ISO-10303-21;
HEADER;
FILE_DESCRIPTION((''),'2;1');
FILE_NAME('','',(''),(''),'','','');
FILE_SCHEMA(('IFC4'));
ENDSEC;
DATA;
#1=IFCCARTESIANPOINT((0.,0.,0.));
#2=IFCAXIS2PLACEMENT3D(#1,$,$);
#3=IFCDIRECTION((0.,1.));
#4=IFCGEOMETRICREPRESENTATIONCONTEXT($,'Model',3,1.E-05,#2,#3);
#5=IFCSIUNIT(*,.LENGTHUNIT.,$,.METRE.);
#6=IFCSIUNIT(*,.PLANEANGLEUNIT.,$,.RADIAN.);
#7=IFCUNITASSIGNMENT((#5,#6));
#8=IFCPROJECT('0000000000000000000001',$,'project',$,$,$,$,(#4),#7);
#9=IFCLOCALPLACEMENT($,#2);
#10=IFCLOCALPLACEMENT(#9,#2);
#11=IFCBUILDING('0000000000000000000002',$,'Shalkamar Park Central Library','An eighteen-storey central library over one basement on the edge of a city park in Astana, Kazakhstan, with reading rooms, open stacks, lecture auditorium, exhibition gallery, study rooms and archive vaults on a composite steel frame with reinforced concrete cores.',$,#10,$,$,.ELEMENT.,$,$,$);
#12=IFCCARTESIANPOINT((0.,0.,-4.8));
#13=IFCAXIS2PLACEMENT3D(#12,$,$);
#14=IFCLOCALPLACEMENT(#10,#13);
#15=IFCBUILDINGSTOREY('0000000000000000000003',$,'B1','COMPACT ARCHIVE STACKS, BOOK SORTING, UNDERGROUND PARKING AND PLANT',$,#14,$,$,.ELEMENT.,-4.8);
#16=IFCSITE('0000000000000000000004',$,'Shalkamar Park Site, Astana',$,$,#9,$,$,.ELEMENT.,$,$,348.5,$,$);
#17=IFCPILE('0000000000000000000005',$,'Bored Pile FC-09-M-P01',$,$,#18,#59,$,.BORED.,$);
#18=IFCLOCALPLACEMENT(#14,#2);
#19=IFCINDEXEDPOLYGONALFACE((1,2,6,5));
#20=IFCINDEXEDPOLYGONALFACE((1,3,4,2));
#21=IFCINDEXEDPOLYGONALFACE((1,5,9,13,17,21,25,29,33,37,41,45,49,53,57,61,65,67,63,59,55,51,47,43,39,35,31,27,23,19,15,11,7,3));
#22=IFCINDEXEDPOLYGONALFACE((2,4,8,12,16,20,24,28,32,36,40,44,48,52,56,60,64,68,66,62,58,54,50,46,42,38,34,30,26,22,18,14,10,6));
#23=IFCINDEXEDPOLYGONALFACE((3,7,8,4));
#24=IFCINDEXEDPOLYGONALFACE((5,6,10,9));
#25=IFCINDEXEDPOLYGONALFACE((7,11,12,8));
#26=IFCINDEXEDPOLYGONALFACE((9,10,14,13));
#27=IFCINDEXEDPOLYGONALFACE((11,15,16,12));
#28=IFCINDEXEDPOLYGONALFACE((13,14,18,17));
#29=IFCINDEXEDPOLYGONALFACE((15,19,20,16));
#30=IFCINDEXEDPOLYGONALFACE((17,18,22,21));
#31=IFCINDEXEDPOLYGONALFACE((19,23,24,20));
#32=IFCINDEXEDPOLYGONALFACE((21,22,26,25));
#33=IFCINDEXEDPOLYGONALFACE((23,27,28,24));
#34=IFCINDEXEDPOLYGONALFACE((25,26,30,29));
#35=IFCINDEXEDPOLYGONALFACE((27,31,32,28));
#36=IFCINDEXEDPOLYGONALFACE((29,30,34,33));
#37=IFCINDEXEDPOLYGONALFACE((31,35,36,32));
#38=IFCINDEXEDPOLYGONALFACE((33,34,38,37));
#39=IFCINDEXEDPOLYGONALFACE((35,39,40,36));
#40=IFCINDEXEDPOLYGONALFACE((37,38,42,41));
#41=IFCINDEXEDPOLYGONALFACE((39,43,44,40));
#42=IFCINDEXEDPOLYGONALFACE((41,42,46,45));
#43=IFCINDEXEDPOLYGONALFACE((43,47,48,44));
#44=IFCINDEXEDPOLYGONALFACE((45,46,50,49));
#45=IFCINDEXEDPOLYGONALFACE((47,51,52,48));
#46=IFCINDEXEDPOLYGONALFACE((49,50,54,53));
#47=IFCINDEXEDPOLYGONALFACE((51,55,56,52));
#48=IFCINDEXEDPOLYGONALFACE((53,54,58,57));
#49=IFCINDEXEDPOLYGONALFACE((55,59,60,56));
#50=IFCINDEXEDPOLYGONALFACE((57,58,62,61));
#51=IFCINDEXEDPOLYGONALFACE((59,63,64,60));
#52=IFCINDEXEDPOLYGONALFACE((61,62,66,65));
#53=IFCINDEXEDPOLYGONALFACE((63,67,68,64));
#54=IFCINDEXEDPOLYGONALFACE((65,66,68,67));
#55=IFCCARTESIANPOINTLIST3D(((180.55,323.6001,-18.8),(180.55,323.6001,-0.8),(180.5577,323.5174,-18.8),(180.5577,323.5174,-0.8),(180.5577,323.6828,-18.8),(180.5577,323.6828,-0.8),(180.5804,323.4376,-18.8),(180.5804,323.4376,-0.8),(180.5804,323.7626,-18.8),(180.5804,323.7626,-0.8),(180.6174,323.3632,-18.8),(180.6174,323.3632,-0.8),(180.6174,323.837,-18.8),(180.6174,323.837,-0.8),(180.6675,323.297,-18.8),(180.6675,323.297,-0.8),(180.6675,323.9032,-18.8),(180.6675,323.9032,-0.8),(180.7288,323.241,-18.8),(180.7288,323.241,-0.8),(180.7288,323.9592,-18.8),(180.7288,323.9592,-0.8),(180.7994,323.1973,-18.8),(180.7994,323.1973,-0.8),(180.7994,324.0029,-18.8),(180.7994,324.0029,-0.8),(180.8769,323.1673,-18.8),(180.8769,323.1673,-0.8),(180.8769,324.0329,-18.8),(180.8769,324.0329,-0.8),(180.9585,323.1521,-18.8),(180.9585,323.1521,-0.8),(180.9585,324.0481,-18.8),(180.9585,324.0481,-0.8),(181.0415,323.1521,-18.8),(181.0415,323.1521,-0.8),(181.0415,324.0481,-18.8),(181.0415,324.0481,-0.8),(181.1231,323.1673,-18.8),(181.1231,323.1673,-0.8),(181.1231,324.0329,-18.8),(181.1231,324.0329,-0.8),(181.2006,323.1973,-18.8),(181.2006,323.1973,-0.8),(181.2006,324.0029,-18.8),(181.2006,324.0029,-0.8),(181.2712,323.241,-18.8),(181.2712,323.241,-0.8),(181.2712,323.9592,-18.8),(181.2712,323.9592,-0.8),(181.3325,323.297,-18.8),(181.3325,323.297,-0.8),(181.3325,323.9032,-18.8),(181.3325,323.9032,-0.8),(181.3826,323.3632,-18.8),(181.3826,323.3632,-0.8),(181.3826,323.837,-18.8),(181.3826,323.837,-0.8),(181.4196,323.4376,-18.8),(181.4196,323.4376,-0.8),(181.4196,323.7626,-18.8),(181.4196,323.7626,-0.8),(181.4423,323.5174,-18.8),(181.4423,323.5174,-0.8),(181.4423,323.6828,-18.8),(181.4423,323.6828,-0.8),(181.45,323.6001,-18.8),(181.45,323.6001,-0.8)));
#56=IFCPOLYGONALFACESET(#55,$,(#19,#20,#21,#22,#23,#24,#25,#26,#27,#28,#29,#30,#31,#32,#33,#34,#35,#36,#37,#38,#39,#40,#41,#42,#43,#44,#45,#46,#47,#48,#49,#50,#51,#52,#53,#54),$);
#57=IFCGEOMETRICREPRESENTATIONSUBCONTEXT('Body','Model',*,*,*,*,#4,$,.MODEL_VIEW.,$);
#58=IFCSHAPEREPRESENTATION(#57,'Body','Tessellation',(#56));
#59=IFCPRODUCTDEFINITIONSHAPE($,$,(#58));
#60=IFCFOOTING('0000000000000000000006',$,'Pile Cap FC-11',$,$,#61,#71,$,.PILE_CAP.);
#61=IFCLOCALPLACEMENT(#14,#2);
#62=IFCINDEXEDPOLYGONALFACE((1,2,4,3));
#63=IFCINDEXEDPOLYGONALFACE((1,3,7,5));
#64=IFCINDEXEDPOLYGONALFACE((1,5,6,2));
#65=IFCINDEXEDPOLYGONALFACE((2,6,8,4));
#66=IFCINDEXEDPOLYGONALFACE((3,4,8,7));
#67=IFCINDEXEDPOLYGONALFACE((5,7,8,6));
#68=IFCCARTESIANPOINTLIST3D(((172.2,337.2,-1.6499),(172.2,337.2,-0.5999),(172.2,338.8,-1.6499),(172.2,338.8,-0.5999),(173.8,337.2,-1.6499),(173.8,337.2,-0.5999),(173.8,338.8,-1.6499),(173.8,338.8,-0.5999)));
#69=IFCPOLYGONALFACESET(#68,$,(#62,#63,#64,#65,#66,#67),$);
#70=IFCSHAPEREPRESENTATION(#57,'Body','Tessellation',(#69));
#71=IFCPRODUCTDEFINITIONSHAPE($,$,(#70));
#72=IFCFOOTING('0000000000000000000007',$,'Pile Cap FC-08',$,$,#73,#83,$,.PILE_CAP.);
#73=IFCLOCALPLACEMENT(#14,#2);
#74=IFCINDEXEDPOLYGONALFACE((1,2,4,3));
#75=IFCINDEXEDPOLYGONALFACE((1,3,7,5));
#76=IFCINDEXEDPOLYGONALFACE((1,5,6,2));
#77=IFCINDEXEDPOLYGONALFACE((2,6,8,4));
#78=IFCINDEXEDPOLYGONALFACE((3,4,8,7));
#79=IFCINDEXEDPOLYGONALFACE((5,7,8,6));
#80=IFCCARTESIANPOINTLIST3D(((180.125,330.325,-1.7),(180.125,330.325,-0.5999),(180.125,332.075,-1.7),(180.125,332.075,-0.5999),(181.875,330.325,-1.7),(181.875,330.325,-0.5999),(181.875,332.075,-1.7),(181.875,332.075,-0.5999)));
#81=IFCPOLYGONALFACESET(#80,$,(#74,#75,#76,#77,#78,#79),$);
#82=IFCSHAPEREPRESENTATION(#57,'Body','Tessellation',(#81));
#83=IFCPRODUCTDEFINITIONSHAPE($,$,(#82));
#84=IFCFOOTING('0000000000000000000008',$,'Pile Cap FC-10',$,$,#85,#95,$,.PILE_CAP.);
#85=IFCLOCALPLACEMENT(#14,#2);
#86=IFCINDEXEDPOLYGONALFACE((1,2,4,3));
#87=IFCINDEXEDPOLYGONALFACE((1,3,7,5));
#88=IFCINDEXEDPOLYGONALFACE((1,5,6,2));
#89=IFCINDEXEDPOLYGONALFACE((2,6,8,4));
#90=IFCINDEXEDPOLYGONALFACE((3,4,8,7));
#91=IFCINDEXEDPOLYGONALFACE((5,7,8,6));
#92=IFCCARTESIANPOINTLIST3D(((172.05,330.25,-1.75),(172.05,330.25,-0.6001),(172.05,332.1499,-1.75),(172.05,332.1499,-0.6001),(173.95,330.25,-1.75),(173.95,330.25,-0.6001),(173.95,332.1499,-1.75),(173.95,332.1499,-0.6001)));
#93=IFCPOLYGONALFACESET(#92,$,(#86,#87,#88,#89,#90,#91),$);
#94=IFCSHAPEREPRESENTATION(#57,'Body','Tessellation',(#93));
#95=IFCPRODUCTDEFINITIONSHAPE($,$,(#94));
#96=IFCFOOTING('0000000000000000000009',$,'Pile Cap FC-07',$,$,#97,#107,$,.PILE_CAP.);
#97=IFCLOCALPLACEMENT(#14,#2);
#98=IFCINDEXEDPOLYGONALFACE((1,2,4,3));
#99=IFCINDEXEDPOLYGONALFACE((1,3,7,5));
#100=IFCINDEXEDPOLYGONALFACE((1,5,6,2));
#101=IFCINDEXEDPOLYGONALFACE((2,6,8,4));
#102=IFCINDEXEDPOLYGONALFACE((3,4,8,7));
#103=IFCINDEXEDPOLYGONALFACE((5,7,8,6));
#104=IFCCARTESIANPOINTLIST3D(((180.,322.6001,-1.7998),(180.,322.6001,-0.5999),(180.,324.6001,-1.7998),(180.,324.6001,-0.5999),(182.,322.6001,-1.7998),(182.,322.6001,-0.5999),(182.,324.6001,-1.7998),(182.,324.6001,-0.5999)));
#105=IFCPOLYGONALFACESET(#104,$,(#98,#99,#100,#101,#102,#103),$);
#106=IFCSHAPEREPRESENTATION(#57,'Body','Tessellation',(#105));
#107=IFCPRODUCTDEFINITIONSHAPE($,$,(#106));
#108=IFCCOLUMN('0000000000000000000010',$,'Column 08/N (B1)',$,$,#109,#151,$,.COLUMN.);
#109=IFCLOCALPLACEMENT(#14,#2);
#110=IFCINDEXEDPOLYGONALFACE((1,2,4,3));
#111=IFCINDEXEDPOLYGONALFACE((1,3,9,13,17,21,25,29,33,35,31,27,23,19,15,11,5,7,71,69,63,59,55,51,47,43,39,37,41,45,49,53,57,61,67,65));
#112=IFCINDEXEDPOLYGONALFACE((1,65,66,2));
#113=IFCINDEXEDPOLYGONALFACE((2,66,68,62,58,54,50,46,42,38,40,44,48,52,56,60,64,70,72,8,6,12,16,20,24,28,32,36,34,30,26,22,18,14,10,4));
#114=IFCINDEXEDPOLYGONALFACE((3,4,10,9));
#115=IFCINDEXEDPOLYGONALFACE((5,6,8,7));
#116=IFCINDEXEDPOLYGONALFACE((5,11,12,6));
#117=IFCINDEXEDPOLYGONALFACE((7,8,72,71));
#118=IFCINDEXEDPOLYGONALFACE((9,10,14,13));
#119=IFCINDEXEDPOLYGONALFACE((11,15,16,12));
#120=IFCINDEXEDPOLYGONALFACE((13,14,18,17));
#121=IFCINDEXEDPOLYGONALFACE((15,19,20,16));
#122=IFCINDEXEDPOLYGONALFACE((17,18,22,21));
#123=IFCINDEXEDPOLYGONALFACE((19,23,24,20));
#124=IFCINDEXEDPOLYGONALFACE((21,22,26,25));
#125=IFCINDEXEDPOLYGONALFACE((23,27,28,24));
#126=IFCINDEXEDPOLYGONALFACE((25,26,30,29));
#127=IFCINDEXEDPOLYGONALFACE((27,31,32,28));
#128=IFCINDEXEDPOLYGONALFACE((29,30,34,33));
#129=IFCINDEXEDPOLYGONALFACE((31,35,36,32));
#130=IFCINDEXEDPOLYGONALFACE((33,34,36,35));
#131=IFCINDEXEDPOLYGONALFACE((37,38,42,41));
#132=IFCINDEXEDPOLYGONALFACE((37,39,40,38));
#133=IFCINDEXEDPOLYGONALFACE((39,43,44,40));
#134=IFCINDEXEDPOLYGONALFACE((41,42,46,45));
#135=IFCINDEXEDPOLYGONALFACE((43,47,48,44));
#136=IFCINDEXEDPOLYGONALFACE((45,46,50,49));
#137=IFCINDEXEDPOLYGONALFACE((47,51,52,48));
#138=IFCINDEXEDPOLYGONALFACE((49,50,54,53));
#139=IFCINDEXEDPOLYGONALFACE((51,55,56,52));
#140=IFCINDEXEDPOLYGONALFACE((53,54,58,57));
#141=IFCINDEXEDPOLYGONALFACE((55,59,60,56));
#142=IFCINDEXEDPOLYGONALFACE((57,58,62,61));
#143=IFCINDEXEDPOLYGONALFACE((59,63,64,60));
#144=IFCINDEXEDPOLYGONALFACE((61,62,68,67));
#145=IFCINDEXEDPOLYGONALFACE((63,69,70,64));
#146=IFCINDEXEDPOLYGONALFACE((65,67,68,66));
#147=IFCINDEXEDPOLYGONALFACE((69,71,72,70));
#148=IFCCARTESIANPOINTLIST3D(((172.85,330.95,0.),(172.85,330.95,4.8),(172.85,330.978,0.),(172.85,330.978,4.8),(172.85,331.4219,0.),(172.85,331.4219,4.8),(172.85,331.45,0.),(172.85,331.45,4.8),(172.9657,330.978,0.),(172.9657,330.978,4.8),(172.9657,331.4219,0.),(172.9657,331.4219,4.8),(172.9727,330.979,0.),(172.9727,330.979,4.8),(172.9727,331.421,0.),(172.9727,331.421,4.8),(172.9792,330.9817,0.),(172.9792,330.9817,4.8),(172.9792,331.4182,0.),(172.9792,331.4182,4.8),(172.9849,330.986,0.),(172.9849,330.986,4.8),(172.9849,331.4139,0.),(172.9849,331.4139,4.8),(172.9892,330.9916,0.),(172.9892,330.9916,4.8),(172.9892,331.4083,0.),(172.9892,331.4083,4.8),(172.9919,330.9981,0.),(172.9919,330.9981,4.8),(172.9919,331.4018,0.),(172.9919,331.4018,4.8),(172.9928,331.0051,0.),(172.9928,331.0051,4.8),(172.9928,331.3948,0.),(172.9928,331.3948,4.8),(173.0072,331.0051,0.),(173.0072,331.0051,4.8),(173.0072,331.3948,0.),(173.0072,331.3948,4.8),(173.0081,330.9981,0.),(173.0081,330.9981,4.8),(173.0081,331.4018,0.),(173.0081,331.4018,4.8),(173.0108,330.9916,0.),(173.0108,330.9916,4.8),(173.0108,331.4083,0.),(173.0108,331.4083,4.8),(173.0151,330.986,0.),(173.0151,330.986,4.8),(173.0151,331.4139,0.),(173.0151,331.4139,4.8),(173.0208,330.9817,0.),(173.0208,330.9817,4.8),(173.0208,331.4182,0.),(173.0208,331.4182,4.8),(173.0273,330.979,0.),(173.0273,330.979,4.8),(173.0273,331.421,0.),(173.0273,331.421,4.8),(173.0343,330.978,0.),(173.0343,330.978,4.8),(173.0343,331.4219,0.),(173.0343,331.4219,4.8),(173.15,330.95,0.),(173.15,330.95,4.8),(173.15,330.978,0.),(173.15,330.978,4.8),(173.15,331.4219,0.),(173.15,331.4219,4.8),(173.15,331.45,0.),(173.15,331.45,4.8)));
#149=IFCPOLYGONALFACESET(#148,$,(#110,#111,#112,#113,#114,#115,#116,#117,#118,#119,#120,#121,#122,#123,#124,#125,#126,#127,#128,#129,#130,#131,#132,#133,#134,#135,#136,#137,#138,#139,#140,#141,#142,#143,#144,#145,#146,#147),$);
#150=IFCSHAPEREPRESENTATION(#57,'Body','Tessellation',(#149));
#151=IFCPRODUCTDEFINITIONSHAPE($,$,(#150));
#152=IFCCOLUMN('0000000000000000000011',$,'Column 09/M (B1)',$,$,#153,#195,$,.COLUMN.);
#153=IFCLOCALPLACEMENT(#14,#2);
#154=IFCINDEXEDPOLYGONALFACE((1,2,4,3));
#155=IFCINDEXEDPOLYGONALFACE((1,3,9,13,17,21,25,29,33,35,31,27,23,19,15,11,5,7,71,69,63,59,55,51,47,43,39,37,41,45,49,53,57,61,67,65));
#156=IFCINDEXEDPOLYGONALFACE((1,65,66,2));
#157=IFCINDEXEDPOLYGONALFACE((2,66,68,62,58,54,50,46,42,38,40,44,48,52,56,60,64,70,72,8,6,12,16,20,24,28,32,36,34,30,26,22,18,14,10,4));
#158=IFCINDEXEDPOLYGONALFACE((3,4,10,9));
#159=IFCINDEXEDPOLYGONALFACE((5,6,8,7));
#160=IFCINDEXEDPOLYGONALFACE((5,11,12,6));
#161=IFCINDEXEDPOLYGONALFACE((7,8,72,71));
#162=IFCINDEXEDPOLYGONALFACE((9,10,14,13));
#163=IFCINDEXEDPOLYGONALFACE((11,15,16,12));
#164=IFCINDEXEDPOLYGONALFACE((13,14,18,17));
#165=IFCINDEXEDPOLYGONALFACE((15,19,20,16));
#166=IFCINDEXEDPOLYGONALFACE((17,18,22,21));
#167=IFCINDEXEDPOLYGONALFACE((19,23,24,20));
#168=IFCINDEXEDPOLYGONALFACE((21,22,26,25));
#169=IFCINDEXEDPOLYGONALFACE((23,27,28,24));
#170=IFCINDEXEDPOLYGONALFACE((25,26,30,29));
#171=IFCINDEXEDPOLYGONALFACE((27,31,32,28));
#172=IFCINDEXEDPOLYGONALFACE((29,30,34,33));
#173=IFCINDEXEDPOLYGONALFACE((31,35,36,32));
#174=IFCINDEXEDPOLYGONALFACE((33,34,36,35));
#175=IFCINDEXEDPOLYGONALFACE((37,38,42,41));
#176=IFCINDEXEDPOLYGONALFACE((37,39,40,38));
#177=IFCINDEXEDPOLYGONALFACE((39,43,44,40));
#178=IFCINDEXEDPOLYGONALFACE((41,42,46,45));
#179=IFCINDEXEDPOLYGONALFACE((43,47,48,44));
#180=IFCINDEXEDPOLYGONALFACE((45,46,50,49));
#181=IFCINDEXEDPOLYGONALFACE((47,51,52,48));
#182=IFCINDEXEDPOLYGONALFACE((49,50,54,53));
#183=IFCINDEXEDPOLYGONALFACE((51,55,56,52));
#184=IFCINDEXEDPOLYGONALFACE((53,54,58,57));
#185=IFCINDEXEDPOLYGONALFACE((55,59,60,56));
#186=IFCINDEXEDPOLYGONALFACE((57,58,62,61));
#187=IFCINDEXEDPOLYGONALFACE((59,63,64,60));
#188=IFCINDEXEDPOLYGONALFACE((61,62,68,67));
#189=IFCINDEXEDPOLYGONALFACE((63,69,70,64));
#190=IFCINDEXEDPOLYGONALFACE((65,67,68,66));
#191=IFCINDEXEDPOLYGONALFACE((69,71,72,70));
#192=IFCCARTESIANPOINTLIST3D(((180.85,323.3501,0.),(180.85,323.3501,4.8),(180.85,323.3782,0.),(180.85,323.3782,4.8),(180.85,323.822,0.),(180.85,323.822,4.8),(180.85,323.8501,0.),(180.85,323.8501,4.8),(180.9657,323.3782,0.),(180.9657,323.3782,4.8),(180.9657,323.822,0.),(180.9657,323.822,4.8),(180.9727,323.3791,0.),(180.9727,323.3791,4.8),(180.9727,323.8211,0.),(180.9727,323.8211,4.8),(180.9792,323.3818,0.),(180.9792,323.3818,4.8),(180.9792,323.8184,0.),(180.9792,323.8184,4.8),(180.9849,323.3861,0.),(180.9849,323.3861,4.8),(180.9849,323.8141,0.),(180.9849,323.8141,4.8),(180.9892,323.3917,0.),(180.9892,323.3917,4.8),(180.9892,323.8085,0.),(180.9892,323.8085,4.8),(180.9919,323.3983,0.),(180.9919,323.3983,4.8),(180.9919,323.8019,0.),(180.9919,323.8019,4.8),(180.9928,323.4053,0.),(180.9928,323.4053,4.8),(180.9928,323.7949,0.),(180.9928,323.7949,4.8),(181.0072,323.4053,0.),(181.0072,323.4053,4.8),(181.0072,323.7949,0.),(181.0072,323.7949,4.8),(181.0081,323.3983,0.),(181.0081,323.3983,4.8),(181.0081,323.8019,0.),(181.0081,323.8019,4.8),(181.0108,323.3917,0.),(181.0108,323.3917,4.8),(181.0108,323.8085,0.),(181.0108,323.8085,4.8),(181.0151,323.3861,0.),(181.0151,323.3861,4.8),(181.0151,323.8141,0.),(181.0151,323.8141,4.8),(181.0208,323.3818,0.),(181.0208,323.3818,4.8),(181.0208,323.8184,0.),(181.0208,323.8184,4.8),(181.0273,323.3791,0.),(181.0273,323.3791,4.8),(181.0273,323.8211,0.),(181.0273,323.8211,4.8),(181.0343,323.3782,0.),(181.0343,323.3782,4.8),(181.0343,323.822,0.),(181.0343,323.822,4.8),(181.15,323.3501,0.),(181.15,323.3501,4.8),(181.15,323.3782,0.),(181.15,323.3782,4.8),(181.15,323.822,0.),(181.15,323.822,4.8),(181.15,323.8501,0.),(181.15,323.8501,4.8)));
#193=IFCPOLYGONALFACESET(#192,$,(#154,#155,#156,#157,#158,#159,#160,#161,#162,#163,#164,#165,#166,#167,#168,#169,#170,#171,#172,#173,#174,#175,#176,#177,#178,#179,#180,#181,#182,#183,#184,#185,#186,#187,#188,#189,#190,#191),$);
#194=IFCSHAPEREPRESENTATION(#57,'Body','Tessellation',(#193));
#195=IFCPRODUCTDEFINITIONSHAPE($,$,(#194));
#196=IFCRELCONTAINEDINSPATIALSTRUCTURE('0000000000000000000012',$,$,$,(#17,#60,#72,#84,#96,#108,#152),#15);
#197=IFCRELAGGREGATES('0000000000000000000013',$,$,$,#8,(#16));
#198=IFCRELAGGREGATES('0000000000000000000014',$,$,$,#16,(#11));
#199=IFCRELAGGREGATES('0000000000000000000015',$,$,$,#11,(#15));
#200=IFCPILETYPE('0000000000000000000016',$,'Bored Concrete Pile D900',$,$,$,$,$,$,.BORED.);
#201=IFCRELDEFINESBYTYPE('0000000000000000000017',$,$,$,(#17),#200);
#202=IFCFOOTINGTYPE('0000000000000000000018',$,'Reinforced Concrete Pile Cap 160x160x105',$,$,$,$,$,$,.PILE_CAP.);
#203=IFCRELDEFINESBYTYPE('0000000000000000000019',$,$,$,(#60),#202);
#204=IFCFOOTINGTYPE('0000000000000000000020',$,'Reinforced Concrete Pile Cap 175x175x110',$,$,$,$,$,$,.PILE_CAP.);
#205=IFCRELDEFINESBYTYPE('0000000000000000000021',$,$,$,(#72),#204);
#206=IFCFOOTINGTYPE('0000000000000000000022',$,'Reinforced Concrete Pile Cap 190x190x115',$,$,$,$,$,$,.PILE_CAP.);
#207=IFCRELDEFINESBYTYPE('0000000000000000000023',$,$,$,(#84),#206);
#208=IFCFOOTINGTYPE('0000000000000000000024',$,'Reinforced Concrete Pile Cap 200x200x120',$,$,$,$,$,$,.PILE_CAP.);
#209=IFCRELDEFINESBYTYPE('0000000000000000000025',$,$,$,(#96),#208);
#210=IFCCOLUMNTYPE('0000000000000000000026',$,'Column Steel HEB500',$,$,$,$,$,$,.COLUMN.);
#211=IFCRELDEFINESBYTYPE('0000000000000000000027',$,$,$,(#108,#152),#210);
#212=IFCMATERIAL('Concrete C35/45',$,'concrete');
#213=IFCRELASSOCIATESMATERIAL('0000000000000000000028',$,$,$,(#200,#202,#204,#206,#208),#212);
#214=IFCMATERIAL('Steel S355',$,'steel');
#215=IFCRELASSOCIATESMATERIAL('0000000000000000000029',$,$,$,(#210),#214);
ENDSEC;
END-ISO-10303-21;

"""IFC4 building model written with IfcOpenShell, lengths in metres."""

from ifc_helpers import new_model, si_unit, direction, frame, origin, origin_2d, place, context, subcontext, project, spatial, rectangle, circle, i_section, extrude, material, material_profile, profile_set, type_object, element, save


model = new_model("IFC4")

# Units and contexts
model_context = context("Model", 3, precision=1e-05, world=origin(), true_north=direction((0.0, 1.0)))
body_context = subcontext(model_context, "Body", "Model", "MODEL_VIEW")
ifc_project = project(units=[si_unit("LENGTHUNIT", "METRE"), si_unit("PLANEANGLEUNIT", "RADIAN")], contexts=[model_context])

# Site, building, storey
site_placement = place(None, origin())
site = spatial("IfcSite", under=ifc_project, at=site_placement, Name="Shalkamar Park Site, Astana", CompositionType="ELEMENT", RefElevation=348.5)
building_placement = place(site_placement, origin())
building = spatial("IfcBuilding", under=site, at=building_placement, Name="Shalkamar Park Central Library", Description="An eighteen-storey central library over one basement on the edge of a city park in Astana, Kazakhstan, with reading rooms, open stacks, lecture auditorium, exhibition gallery, study rooms and archive vaults on a composite steel frame with reinforced concrete cores.", CompositionType="ELEMENT")
storey_placement = place(building_placement, frame((0.0, 0.0, -4.8)))
storey = spatial("IfcBuildingStorey", under=building, at=storey_placement, Name="B1", Description="COMPACT ARCHIVE STACKS, BOOK SORTING, UNDERGROUND PARKING AND PLANT", CompositionType="ELEMENT", Elevation=-4.8)

# Pile
ifc_material_1 = material(Name="Concrete C35/45", Category="concrete")
ifc_material_profile_1 = material_profile(ifc_material_1, circle(Radius=0.45, at=origin_2d()), Name="PILE D900")
ifc_profile_set_1 = profile_set([ifc_material_profile_1], Name="Concrete C35/45")
pile_type_1 = type_object("IfcPileType", Name="Bored Concrete Pile D900", PredefinedType="BORED", material=ifc_profile_set_1)
pile_placement = place(storey_placement, frame((181.0, 323.6001, -0.8), z_axis=(0.0, 0.0, -1.0), x_axis=(1.0, 0.0, 0.0)))
element("IfcPile", 1, at=pile_placement, inside=storey, type_object=pile_type_1, Name="Bored Pile FC-09-M-P01", PredefinedType="BORED", context=body_context, shape_type="SweptSolid", body=[
    extrude(circle(Radius=0.45, at=origin_2d()), origin(), (0.0, 0.0, 1.0), 18.0),
])

# Footings
footing_type_1 = type_object("IfcFootingType", Name="Reinforced Concrete Pile Cap 160x160x105", PredefinedType="PILE_CAP", material=ifc_material_1)
footing_1_placement = place(storey_placement, frame((173.0, 338.0, -1.6499), z_axis=(0.0, 0.0, 1.0), x_axis=(1.0, 0.0, 0.0)))
element("IfcFooting", 2, at=footing_1_placement, inside=storey, type_object=footing_type_1, Name="Pile Cap FC-11", PredefinedType="PILE_CAP", context=body_context, shape_type="SweptSolid", body=[
    extrude(rectangle(XDim=1.6001, YDim=1.6001, at=origin_2d()), origin(), (0.0, 0.0, 1.0), 1.05),
])
footing_type_2 = type_object("IfcFootingType", Name="Reinforced Concrete Pile Cap 175x175x110", PredefinedType="PILE_CAP", material=ifc_material_1)
footing_2_placement = place(storey_placement, frame((181.0, 331.2, -1.7), z_axis=(0.0, 0.0, 1.0), x_axis=(1.0, 0.0, 0.0)))
element("IfcFooting", 3, at=footing_2_placement, inside=storey, type_object=footing_type_2, Name="Pile Cap FC-08", PredefinedType="PILE_CAP", context=body_context, shape_type="SweptSolid", body=[
    extrude(rectangle(XDim=1.75, YDim=1.75, at=origin_2d()), origin(), (0.0, 0.0, 1.0), 1.1001),
])
footing_type_3 = type_object("IfcFootingType", Name="Reinforced Concrete Pile Cap 190x190x115", PredefinedType="PILE_CAP", material=ifc_material_1)
footing_3_placement = place(storey_placement, frame((173.0, 331.2, -1.75), z_axis=(0.0, 0.0, 1.0), x_axis=(1.0, 0.0, 0.0)))
element("IfcFooting", 4, at=footing_3_placement, inside=storey, type_object=footing_type_3, Name="Pile Cap FC-10", PredefinedType="PILE_CAP", context=body_context, shape_type="SweptSolid", body=[
    extrude(rectangle(XDim=1.8999, YDim=1.8999, at=origin_2d()), origin(), (0.0, 0.0, 1.0), 1.1499),
])
footing_type_4 = type_object("IfcFootingType", Name="Reinforced Concrete Pile Cap 200x200x120", PredefinedType="PILE_CAP", material=ifc_material_1)
footing_4_placement = place(storey_placement, frame((181.0, 323.6001, -1.7998), z_axis=(0.0, 0.0, 1.0), x_axis=(1.0, 0.0, 0.0)))
element("IfcFooting", 5, at=footing_4_placement, inside=storey, type_object=footing_type_4, Name="Pile Cap FC-07", PredefinedType="PILE_CAP", context=body_context, shape_type="SweptSolid", body=[
    extrude(rectangle(XDim=2.0, YDim=2.0, at=origin_2d()), origin(), (0.0, 0.0, 1.0), 1.2),
])

# Columns
ifc_material_2 = material(Name="Steel S355", Category="steel")
ifc_material_profile_2 = material_profile(ifc_material_2, i_section(OverallWidth=0.3, OverallDepth=0.5, WebThickness=0.0144, FlangeThickness=0.0281, FilletRadius=0.0271, at=origin_2d()), Name="HEB 500")
ifc_profile_set_2 = profile_set([ifc_material_profile_2], Name="Steel S355")
column_type = type_object("IfcColumnType", Name="Column Steel HEB500", PredefinedType="COLUMN", material=ifc_profile_set_2)
for number, where, z_axis, x_axis, name in (
    (6, (173.0, 331.2, 0.0), (0.0, 0.0, 1.0), (1.0, 0.0, 0.0), "Column 08/N (B1)"),
    (7, (181.0, 323.6001, 0.0), (0.0, 0.0, 1.0), (1.0, 0.0, 0.0), "Column 09/M (B1)"),
):
    element("IfcColumn", number, at=place(storey_placement, frame(where, z_axis=z_axis, x_axis=x_axis)), inside=storey, type_object=column_type, Name=name, PredefinedType="COLUMN", context=body_context, shape_type="SweptSolid", body=[
        extrude(i_section(OverallWidth=0.3, OverallDepth=0.5, WebThickness=0.0144, FlangeThickness=0.0281, FilletRadius=0.0271, at=origin_2d()), origin(), (0.0, 0.0, 1.0), 4.8),
    ])

save(model, "model.ifc")
